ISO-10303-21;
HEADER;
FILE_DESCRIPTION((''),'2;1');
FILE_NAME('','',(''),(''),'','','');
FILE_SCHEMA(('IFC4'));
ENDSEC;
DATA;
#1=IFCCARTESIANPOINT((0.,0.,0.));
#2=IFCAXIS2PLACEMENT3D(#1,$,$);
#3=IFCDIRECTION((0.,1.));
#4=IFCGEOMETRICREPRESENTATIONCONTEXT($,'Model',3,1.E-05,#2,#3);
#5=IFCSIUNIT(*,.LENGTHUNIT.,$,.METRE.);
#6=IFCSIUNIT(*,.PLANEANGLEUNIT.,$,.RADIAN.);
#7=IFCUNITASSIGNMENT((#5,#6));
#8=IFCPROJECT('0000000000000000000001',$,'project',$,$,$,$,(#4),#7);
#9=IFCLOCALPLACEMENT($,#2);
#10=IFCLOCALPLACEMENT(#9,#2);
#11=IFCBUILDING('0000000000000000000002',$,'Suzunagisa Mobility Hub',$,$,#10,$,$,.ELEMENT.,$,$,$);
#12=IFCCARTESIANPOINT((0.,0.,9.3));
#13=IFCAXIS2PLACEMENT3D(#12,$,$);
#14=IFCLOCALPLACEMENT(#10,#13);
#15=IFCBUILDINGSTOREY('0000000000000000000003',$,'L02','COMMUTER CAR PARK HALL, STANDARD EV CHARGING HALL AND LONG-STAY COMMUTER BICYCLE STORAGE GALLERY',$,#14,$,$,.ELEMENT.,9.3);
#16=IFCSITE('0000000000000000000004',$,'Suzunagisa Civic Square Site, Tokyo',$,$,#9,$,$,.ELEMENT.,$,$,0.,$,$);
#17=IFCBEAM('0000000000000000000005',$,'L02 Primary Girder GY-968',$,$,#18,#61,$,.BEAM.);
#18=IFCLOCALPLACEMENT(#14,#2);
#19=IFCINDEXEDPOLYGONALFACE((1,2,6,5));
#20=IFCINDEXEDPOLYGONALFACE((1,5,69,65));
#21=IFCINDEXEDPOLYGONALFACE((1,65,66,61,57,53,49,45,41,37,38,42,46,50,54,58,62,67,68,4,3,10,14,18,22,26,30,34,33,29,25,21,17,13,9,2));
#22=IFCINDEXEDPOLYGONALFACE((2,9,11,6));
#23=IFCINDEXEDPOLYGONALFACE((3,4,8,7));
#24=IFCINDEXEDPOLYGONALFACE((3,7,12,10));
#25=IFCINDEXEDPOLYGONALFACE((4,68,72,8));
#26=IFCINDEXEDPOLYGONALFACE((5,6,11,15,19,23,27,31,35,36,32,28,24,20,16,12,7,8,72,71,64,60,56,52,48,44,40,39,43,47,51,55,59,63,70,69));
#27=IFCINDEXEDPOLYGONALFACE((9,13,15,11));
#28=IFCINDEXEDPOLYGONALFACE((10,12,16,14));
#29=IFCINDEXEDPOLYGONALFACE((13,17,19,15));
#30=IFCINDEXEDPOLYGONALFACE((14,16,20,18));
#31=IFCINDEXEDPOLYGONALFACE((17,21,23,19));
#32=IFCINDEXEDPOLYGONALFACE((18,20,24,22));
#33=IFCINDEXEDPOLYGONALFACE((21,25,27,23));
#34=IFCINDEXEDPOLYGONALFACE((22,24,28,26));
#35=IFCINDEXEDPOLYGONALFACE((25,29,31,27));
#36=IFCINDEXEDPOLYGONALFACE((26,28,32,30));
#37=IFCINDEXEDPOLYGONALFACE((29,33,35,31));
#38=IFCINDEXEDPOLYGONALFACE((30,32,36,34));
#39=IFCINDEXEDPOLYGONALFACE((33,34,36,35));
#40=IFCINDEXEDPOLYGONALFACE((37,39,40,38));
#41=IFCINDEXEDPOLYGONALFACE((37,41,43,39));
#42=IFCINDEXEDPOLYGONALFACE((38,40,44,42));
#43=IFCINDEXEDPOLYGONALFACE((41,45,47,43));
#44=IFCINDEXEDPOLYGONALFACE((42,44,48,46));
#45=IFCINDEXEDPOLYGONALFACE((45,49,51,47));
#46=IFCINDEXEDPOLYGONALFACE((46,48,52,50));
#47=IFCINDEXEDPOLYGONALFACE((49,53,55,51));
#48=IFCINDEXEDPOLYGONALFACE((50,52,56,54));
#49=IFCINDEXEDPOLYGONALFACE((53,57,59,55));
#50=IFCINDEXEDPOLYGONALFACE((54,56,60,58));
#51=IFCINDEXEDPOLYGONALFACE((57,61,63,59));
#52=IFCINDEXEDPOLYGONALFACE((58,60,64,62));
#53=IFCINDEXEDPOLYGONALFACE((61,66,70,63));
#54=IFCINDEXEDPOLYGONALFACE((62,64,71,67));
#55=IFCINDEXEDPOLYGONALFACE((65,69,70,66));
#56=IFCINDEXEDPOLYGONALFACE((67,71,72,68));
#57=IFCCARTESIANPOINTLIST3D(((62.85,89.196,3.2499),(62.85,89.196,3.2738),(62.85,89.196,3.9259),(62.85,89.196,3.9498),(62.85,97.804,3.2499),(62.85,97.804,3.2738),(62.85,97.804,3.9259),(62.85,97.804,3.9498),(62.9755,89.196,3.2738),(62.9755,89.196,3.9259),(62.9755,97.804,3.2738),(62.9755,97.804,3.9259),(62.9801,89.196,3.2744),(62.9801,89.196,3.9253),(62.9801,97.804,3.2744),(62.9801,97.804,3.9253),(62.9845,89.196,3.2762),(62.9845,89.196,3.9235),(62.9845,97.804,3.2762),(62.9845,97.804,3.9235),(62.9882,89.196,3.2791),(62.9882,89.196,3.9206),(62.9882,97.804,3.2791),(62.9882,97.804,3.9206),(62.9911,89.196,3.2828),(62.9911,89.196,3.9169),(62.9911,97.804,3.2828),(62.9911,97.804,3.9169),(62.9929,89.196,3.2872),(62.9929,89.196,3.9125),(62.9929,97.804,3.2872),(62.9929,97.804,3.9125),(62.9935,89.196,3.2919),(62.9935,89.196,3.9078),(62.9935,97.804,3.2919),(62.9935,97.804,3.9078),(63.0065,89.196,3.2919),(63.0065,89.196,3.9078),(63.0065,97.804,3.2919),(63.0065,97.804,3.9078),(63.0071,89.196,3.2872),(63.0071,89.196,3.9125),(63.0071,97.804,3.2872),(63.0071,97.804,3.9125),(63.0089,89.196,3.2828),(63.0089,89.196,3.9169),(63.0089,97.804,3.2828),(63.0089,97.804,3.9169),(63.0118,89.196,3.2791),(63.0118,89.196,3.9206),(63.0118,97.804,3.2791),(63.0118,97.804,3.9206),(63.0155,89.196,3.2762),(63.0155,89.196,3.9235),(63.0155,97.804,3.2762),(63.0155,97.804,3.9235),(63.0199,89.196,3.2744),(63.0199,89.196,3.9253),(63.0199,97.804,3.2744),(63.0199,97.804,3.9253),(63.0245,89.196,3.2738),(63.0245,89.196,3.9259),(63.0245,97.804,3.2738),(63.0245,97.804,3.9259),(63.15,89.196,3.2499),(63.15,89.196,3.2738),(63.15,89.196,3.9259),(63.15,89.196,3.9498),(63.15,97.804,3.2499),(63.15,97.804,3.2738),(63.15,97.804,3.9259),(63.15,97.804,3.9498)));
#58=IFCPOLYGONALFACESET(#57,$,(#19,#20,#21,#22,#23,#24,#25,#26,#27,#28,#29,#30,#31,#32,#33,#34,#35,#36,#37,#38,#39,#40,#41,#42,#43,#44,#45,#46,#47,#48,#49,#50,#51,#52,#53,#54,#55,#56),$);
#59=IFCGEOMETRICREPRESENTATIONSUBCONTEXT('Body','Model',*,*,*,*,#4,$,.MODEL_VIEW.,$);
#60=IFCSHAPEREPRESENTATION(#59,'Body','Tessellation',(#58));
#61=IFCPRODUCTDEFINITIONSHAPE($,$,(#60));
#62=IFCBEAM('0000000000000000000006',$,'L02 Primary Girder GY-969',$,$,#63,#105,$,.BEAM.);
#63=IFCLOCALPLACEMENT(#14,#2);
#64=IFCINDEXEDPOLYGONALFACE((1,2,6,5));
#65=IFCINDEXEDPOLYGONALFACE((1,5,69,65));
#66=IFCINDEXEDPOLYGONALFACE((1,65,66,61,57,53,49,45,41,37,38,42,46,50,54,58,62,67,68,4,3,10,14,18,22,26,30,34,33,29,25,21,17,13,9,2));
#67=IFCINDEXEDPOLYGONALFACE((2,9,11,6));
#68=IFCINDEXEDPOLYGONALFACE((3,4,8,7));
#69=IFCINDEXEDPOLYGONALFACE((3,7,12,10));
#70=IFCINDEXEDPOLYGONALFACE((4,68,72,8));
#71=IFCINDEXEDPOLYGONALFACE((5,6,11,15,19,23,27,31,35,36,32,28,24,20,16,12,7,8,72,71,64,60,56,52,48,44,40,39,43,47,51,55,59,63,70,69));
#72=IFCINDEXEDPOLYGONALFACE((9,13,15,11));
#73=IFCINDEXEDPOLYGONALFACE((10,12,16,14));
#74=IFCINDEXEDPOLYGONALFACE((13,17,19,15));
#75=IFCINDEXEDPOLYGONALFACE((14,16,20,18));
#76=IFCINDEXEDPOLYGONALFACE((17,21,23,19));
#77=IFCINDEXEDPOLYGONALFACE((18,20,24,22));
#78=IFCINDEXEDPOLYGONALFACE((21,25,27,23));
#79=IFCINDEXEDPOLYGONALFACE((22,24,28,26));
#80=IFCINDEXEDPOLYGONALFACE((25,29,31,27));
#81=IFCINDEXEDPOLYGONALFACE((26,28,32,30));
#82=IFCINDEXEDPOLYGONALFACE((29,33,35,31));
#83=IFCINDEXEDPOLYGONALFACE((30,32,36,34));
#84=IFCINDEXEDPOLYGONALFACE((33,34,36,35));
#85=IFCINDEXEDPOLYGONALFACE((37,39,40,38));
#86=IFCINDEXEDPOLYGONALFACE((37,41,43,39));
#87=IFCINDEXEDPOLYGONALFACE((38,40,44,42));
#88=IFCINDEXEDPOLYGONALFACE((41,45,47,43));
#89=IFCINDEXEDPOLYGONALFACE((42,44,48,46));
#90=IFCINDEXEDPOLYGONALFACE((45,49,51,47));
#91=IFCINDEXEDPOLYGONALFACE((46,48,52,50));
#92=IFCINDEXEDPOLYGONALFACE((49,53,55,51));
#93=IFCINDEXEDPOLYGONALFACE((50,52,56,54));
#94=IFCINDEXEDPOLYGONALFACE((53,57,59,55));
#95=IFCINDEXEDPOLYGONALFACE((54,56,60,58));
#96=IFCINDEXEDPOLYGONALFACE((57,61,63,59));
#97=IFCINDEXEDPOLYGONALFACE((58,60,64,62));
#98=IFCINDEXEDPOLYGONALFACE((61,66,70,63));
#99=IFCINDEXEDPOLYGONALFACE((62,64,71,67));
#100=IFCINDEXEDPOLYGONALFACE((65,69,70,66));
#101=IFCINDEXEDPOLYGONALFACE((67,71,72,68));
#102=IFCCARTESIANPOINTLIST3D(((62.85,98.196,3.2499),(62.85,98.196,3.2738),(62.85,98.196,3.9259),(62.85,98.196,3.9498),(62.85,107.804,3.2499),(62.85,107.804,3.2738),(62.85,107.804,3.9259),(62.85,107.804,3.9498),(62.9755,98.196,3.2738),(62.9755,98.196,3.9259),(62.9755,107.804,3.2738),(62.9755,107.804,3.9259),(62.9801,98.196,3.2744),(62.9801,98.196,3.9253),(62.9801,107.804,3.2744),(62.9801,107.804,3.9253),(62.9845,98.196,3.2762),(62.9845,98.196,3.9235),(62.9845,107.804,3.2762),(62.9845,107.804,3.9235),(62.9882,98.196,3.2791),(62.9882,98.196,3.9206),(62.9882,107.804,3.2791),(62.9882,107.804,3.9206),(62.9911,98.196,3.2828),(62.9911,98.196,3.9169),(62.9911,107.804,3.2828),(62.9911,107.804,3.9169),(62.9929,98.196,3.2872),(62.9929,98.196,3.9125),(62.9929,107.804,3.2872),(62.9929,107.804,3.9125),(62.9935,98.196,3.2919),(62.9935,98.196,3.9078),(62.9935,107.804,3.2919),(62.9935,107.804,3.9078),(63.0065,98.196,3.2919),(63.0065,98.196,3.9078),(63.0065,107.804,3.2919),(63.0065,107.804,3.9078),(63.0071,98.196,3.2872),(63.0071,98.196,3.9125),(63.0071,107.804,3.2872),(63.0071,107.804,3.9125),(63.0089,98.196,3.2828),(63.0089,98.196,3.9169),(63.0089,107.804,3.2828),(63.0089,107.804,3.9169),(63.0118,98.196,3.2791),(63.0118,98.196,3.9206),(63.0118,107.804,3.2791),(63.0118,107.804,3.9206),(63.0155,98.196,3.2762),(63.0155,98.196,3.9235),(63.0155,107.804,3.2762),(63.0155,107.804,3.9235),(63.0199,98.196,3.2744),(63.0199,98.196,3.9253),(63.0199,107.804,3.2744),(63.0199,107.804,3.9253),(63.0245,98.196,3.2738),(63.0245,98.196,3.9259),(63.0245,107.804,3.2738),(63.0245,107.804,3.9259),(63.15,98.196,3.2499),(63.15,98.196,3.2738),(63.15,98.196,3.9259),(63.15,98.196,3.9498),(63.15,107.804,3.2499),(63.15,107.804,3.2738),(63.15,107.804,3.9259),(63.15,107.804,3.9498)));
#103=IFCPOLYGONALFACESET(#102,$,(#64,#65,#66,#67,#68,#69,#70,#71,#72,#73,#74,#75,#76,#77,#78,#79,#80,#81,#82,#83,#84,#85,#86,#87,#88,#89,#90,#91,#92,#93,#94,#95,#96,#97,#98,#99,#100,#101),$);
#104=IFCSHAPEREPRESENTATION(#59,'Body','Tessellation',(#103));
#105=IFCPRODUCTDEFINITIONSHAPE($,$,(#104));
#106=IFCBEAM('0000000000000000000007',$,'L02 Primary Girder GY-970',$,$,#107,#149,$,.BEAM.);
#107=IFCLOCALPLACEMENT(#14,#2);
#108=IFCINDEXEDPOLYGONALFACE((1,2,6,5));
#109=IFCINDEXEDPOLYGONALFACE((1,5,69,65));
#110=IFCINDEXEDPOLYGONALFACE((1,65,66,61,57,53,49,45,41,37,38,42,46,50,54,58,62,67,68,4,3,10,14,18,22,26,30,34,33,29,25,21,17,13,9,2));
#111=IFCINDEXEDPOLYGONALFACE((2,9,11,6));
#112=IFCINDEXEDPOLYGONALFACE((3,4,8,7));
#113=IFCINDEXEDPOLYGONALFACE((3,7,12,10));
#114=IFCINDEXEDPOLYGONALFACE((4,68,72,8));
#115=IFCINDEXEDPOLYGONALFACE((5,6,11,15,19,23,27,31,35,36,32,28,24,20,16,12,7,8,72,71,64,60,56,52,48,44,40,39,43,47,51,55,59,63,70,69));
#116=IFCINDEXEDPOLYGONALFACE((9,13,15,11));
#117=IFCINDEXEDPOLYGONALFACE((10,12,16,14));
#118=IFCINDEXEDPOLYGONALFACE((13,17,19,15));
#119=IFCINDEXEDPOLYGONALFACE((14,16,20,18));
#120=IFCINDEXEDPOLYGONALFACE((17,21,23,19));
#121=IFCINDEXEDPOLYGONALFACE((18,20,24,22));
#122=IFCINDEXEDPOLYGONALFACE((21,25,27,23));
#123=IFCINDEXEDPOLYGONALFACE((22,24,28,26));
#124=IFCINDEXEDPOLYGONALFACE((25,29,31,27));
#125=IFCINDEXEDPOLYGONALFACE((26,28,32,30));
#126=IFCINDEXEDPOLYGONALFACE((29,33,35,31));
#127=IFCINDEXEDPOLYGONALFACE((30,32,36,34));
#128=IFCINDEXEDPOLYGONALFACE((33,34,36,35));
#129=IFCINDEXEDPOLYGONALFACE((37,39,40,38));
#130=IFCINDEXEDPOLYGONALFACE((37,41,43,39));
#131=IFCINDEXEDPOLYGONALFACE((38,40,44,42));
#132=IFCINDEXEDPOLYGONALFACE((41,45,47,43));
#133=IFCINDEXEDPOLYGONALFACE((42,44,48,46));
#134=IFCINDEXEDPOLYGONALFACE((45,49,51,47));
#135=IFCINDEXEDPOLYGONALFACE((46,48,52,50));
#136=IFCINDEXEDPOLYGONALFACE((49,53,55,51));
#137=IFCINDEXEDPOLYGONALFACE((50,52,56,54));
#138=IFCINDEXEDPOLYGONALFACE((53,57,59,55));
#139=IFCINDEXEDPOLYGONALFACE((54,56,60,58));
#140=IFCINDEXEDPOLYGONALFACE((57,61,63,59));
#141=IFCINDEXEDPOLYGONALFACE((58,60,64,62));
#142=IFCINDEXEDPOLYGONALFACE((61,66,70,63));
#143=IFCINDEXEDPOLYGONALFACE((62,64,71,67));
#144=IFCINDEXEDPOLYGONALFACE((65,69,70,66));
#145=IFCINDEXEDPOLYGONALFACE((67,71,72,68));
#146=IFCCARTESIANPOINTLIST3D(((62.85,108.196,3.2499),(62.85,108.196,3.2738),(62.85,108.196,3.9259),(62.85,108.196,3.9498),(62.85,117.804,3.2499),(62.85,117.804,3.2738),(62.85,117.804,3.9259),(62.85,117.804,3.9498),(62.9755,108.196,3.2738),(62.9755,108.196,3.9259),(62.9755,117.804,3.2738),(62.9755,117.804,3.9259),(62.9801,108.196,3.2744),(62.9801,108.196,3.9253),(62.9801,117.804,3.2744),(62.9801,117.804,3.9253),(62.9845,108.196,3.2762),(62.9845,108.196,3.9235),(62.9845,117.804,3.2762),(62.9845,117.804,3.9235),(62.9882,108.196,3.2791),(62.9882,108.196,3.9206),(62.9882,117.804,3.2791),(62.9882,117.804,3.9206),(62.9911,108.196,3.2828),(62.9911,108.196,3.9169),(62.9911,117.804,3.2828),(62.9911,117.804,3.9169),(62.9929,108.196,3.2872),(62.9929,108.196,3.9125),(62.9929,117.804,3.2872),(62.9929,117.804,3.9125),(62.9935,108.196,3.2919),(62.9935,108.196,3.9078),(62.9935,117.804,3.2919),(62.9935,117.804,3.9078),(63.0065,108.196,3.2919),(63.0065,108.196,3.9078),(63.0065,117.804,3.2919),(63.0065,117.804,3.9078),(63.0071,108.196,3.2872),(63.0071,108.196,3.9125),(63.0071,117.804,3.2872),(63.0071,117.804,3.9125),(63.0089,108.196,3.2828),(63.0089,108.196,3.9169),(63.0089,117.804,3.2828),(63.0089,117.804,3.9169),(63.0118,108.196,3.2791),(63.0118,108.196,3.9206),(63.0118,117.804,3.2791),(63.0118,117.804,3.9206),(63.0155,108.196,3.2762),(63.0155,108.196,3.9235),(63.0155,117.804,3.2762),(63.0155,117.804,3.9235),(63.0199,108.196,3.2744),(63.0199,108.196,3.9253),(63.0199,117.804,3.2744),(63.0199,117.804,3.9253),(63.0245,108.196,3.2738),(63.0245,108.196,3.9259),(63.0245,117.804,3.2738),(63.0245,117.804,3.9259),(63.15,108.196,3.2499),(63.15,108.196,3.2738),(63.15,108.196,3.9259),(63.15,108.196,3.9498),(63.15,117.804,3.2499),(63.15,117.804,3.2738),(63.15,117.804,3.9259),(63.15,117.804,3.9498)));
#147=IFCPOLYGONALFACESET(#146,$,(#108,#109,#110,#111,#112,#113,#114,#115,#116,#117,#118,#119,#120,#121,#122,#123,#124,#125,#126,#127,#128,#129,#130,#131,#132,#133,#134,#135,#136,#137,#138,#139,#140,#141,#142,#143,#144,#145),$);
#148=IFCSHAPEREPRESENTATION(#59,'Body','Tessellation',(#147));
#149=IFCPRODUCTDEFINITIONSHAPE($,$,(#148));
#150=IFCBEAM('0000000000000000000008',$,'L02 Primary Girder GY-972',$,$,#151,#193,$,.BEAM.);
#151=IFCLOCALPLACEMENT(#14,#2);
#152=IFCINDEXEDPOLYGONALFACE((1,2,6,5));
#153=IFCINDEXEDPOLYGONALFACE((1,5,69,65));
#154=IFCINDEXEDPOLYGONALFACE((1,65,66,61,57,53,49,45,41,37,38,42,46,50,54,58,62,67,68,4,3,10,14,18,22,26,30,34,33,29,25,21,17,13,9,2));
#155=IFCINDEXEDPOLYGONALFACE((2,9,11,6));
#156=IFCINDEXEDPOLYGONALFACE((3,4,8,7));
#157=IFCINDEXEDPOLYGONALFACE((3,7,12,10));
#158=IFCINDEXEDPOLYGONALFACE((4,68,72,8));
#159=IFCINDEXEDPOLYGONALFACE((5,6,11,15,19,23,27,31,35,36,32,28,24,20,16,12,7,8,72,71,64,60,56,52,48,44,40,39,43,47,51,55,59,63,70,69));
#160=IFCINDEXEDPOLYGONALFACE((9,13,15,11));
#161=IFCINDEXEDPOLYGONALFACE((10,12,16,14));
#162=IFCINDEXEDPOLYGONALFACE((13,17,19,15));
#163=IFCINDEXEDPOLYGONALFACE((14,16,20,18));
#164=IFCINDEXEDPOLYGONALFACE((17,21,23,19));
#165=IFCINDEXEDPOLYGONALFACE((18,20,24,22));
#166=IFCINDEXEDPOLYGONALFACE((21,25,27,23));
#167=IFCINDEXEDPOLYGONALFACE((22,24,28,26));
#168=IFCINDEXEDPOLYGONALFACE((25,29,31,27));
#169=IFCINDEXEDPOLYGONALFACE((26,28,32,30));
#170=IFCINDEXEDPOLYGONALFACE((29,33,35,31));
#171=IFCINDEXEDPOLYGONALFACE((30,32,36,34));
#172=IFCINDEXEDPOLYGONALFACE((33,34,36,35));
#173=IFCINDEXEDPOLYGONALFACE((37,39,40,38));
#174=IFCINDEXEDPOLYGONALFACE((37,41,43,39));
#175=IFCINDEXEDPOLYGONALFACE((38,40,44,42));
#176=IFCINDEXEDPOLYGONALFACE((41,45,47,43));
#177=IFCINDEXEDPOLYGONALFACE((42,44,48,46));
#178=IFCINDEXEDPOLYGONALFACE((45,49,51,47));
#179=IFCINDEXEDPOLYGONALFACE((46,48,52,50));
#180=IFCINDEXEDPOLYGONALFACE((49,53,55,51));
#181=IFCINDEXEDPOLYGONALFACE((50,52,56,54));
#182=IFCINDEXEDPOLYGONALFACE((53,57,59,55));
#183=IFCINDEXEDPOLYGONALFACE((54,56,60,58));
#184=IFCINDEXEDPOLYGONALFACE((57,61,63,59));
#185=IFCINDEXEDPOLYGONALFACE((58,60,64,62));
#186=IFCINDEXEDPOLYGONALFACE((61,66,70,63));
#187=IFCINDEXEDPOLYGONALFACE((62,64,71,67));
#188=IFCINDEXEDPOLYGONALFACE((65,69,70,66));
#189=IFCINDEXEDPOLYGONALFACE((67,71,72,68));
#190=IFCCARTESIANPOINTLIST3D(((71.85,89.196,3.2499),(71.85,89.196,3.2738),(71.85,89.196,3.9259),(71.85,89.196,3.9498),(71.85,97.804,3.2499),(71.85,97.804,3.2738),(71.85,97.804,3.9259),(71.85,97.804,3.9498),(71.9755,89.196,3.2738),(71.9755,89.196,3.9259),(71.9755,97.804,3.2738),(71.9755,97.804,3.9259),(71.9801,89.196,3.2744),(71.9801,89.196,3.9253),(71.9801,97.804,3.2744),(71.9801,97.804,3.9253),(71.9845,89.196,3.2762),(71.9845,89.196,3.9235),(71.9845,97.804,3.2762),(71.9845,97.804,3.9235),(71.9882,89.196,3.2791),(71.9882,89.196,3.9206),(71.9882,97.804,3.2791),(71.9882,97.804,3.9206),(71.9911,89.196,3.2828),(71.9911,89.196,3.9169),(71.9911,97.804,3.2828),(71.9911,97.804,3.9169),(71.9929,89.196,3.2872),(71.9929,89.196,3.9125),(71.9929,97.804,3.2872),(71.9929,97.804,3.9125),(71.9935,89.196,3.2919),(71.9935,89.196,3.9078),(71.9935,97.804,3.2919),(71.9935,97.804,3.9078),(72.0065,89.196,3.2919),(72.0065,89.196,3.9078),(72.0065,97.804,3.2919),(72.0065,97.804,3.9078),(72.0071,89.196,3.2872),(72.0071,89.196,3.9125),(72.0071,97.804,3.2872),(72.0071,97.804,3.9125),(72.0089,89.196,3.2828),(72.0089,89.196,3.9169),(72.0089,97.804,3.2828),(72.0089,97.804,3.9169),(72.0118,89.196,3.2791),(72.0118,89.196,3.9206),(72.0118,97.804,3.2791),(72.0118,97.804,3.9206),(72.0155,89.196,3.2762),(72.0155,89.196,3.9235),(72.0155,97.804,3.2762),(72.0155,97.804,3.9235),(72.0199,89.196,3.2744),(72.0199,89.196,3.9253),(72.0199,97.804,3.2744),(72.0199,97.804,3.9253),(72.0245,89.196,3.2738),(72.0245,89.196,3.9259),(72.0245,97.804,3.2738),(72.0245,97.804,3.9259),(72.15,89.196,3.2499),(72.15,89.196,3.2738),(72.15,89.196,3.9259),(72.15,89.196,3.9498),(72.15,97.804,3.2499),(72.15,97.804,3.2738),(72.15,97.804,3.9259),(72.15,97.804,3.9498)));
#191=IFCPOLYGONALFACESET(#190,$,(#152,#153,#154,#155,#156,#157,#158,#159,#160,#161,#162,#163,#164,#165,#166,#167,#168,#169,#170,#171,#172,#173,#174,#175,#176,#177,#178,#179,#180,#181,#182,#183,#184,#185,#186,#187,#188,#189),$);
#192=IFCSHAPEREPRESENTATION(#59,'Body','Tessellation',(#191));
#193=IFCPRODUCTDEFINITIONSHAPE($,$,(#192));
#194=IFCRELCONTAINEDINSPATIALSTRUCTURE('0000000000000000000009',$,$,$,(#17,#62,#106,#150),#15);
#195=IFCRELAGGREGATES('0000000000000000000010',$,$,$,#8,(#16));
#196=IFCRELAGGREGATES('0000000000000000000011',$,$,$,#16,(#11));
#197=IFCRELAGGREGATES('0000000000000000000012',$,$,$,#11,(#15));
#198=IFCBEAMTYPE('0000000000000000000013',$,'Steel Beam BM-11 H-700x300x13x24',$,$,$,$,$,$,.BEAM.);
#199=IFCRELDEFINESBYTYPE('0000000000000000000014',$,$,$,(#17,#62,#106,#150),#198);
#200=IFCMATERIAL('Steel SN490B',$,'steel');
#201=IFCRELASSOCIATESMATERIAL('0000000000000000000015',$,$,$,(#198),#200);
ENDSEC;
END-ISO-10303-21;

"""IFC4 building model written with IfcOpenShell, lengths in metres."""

from ifc_helpers import new_model, si_unit, direction, frame, origin, origin_2d, place, context, subcontext, project, spatial, i_section, extrude, material, material_profile, profile_set, type_object, element, save


model = new_model("IFC4")

# Units and contexts
model_context = context("Model", 3, precision=1e-05, world=origin(), true_north=direction((0.0, 1.0)))
body_context = subcontext(model_context, "Body", "Model", "MODEL_VIEW")
ifc_project = project(units=[si_unit("LENGTHUNIT", "METRE"), si_unit("PLANEANGLEUNIT", "RADIAN")], contexts=[model_context])

# Site, building, storey
site_placement = place(None, origin())
site = spatial("IfcSite", under=ifc_project, at=site_placement, Name="Suzunagisa Civic Square Site, Tokyo", CompositionType="ELEMENT", RefElevation=0.0)
building_placement = place(site_placement, origin())
building = spatial("IfcBuilding", under=site, at=building_placement, Name="Suzunagisa Mobility Hub", CompositionType="ELEMENT")
storey_placement = place(building_placement, frame((0.0, 0.0, 9.3)))
storey = spatial("IfcBuildingStorey", under=building, at=storey_placement, Name="L02", Description="COMMUTER CAR PARK HALL, STANDARD EV CHARGING HALL AND LONG-STAY COMMUTER BICYCLE STORAGE GALLERY", CompositionType="ELEMENT", Elevation=9.3)

# Shared definitions
ifc_material_1 = material(Name="Steel SN490B", Category="steel")

# Beams
ifc_material_profile_1 = material_profile(ifc_material_1, i_section(OverallWidth=0.3, OverallDepth=0.7, WebThickness=0.0129, FlangeThickness=0.0239, FilletRadius=0.0181, at=origin_2d()), Name="H-700x300x13x24")
ifc_profile_set_1 = profile_set([ifc_material_profile_1], Name="Steel SN490B")
beam_type_1 = type_object("IfcBeamType", Name="Steel Beam BM-11 H-700x300x13x24", PredefinedType="BEAM", material=ifc_profile_set_1)
beam_1_placement = place(storey_placement, frame((63.0, 89.196, 3.5999), z_axis=(0.0, 1.0, 0.0), x_axis=(-1.0, 0.0, 0.0)))
element("IfcBeam", 1, at=beam_1_placement, inside=storey, type_object=beam_type_1, Name="L02 Primary Girder GY-968", PredefinedType="BEAM", context=body_context, shape_type="SweptSolid", body=[
    extrude(i_section(OverallWidth=0.3, OverallDepth=0.7, WebThickness=0.0129, FlangeThickness=0.0239, FilletRadius=0.0181, at=origin_2d()), origin(), (0.0, 0.0, 1.0), 8.6079),
])
for number, where, z_axis, x_axis, name in (
    (2, (63.0, 98.196, 3.5999), (0.0, 1.0, 0.0), (-1.0, 0.0, 0.0), "L02 Primary Girder GY-969"),
    (3, (63.0, 108.196, 3.5999), (0.0, 1.0, 0.0), (-1.0, 0.0, 0.0), "L02 Primary Girder GY-970"),
):
    element("IfcBeam", number, at=place(storey_placement, frame(where, z_axis=z_axis, x_axis=x_axis)), inside=storey, type_object=beam_type_1, Name=name, PredefinedType="BEAM", context=body_context, shape_type="SweptSolid", body=[
        extrude(i_section(OverallWidth=0.3, OverallDepth=0.7, WebThickness=0.0129, FlangeThickness=0.0239, FilletRadius=0.0181, at=origin_2d()), origin(), (0.0, 0.0, 1.0), 9.6079),
    ])
beam_2_placement = place(storey_placement, frame((72.0, 89.196, 3.5999), z_axis=(0.0, 1.0, 0.0), x_axis=(-1.0, 0.0, 0.0)))
element("IfcBeam", 4, at=beam_2_placement, inside=storey, type_object=beam_type_1, Name="L02 Primary Girder GY-972", PredefinedType="BEAM", context=body_context, shape_type="SweptSolid", body=[
    extrude(i_section(OverallWidth=0.3, OverallDepth=0.7, WebThickness=0.0129, FlangeThickness=0.0239, FilletRadius=0.0181, at=origin_2d()), origin(), (0.0, 0.0, 1.0), 8.6079),
])

save(model, "model.ifc")
